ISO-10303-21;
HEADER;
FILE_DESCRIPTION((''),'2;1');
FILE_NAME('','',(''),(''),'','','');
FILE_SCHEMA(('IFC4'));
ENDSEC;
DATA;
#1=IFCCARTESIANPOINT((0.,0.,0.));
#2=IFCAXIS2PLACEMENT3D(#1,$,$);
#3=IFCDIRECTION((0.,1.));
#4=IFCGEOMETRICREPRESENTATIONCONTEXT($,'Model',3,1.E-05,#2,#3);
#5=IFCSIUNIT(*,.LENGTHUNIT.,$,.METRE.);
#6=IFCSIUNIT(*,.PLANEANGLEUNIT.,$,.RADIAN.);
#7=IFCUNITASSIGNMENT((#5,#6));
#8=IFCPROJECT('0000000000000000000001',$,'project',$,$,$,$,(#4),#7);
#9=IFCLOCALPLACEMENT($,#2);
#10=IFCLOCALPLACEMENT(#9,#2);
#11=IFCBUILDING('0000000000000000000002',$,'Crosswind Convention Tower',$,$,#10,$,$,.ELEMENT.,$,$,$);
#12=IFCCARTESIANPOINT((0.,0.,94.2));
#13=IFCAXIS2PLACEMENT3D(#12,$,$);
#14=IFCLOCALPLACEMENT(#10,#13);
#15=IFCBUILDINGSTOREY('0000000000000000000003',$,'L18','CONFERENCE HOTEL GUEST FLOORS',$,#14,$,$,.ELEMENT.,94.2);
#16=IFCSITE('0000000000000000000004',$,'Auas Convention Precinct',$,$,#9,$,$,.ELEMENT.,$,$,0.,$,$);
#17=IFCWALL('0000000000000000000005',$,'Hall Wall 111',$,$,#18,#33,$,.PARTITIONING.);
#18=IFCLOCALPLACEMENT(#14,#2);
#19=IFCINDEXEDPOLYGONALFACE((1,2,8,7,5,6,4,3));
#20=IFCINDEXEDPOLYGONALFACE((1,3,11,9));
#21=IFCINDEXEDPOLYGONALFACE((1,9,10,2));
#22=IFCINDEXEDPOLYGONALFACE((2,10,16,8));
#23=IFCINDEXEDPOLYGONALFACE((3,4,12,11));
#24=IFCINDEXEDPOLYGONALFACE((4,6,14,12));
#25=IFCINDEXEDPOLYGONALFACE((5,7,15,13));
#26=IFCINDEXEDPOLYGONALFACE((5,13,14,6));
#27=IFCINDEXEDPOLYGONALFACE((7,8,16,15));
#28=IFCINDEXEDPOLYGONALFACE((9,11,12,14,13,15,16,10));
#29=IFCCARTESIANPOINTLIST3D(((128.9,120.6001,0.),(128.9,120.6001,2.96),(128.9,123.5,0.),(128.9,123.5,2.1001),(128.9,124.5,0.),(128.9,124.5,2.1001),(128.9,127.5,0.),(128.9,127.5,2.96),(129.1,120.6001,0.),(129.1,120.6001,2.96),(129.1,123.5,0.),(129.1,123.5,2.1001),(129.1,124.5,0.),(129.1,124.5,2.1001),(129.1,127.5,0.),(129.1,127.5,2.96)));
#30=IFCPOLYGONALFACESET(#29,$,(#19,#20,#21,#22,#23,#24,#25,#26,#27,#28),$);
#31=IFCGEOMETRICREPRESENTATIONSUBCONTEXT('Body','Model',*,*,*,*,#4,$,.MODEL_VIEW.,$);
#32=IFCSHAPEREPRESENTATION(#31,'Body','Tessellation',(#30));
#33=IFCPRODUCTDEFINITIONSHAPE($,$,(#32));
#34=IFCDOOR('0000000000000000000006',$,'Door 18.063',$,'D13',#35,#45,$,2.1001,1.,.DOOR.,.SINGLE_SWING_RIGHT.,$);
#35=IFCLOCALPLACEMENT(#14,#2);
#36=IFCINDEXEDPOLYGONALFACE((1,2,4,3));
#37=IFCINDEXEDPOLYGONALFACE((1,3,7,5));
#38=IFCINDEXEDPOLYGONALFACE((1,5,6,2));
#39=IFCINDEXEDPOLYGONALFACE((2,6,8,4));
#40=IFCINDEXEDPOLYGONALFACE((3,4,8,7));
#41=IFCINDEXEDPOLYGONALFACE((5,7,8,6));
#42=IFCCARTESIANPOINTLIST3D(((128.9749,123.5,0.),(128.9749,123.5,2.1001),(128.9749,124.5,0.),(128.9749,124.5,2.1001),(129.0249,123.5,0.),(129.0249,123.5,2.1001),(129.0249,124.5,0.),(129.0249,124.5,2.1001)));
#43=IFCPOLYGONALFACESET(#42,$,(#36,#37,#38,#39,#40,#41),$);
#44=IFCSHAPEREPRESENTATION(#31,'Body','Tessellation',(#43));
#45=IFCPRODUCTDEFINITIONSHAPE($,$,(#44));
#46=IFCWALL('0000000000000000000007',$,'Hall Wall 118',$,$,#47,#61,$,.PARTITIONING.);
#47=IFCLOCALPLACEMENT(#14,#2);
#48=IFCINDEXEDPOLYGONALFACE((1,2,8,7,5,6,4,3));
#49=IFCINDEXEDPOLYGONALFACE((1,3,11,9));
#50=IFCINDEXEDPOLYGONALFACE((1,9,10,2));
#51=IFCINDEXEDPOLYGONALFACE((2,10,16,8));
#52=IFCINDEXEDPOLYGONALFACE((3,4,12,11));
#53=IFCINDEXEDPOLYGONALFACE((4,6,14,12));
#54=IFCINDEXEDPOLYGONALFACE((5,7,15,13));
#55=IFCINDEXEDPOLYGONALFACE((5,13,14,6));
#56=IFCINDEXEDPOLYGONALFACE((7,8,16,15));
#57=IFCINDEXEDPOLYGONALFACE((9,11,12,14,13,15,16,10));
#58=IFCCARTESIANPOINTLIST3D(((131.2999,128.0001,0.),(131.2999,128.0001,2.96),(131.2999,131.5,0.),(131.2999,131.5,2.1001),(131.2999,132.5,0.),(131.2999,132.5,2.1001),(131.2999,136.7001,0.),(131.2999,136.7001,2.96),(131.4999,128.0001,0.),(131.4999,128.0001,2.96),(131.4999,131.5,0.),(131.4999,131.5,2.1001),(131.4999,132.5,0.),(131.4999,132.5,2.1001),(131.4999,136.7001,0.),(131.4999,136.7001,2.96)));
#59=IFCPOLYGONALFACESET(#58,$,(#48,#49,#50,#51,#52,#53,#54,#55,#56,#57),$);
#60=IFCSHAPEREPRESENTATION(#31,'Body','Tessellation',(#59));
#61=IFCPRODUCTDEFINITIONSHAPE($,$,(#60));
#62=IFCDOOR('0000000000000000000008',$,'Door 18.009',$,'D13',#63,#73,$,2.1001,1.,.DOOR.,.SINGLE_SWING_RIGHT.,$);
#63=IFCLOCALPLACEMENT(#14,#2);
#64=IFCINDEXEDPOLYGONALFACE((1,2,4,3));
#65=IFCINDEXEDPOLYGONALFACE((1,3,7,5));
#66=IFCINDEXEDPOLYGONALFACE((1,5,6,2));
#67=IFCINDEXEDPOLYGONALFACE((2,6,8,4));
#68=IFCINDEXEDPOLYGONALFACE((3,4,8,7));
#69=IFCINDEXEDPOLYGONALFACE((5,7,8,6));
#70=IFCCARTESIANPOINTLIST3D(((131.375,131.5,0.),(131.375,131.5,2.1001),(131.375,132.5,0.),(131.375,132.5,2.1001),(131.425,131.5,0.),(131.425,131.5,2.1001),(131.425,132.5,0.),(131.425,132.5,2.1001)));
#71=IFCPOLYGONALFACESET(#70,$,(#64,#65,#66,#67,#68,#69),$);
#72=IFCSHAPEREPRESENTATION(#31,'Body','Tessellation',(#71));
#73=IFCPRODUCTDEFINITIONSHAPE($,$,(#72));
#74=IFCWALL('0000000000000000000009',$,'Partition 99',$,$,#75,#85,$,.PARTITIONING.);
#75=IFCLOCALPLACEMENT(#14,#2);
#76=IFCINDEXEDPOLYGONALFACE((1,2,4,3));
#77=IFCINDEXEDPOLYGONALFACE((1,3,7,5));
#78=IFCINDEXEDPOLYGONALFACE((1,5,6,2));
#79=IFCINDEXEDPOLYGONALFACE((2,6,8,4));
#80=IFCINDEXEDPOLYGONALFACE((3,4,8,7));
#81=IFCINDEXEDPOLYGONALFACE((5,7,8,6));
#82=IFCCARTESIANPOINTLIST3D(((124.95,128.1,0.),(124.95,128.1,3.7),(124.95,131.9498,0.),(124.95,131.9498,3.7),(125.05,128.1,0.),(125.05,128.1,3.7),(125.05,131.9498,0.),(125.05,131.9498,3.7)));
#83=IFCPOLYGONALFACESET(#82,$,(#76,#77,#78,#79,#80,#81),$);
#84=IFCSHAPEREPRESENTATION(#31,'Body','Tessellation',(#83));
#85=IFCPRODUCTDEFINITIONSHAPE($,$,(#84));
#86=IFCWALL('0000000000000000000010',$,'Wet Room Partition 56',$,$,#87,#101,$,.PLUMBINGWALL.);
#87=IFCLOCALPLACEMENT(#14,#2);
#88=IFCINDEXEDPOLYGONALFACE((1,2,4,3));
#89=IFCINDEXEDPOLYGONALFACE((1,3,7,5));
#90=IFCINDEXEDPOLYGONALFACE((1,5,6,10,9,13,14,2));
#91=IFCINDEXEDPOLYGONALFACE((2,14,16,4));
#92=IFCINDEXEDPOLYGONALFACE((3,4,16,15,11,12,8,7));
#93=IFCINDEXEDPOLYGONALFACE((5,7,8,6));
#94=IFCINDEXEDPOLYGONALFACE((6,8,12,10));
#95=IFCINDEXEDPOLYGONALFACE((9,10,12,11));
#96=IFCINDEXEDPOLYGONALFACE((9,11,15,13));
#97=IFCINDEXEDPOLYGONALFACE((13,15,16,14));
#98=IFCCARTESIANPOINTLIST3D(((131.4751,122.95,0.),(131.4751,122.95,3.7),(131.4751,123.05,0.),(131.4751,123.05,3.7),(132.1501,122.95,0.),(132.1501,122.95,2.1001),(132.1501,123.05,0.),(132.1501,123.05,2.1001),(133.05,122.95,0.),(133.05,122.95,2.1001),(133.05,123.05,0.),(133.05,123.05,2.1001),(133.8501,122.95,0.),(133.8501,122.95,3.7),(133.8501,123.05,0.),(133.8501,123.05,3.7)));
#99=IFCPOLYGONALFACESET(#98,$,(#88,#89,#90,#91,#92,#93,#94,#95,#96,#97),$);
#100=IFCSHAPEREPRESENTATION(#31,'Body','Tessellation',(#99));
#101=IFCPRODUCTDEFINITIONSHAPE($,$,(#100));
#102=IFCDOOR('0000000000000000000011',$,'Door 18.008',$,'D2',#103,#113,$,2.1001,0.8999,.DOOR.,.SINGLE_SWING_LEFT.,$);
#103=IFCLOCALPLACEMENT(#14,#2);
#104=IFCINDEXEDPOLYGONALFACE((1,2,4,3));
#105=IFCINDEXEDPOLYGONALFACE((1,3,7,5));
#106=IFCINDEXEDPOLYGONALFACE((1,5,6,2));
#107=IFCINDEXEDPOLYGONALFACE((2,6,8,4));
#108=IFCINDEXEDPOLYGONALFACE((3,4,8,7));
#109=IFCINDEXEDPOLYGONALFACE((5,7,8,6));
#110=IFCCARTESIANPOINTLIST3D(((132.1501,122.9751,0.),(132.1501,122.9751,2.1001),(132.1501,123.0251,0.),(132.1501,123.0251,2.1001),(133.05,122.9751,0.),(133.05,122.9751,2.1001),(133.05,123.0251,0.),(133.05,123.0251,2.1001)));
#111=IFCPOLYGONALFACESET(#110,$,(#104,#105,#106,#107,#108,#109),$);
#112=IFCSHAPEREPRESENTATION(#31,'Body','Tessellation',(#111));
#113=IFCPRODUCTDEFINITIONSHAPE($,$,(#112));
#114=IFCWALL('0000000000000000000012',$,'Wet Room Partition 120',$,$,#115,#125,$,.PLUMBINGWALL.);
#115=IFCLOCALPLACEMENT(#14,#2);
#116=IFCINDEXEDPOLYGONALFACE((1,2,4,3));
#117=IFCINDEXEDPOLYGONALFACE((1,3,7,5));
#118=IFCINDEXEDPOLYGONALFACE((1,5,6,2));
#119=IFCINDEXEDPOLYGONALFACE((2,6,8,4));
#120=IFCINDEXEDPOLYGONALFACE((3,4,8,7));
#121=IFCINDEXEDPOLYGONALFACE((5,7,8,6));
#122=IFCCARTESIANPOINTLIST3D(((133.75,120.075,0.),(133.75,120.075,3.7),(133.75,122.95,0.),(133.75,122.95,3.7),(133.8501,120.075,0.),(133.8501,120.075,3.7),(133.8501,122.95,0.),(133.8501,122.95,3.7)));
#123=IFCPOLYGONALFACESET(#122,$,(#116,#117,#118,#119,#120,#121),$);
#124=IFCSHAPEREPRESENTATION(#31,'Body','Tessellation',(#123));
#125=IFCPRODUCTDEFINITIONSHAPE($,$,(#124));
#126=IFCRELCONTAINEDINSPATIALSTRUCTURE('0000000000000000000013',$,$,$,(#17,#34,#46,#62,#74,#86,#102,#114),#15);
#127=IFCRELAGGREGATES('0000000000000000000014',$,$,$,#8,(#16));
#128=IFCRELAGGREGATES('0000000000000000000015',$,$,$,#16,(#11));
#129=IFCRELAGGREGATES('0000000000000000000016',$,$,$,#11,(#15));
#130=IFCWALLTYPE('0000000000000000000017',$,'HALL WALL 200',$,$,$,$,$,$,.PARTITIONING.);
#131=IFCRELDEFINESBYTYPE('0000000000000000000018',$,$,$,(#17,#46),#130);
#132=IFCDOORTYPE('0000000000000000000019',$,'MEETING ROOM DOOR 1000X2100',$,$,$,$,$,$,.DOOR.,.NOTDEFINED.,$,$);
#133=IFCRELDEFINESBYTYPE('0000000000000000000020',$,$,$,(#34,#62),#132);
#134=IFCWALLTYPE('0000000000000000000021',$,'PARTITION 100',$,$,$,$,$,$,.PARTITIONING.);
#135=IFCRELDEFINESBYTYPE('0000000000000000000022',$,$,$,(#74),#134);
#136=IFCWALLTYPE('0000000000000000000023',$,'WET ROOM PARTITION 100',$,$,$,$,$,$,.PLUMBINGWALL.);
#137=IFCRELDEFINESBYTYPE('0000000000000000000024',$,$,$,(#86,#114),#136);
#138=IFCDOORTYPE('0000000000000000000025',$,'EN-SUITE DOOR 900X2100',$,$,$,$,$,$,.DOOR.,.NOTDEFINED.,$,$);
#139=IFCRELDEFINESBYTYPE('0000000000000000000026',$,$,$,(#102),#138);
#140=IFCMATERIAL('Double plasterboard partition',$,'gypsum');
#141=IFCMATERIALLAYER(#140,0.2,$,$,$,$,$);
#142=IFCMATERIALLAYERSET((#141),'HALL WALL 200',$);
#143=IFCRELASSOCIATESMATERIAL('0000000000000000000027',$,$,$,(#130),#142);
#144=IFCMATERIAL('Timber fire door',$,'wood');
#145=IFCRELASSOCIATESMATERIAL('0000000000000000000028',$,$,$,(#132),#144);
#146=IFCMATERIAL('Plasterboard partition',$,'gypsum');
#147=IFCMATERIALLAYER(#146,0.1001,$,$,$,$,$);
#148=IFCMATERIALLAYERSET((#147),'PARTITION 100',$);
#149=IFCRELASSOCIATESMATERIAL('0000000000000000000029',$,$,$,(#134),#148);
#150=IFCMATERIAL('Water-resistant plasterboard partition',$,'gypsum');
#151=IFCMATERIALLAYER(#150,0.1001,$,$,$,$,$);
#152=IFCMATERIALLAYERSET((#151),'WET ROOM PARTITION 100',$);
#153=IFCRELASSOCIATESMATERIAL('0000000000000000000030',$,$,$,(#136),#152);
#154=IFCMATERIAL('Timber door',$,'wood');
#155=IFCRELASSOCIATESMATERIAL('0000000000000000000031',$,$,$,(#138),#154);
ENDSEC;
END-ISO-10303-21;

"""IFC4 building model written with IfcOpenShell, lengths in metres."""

from ifc_helpers import new_model, si_unit, direction, frame, frame_2d, origin, place, context, subcontext, project, spatial, rectangle, extrude, material, layer, layer_set, type_object, element, fill, save


model = new_model("IFC4")

# Units and contexts
model_context = context("Model", 3, precision=1e-05, world=origin(), true_north=direction((0.0, 1.0)))
body_context = subcontext(model_context, "Body", "Model", "MODEL_VIEW")
ifc_project = project(units=[si_unit("LENGTHUNIT", "METRE"), si_unit("PLANEANGLEUNIT", "RADIAN")], contexts=[model_context])

# Site, building, storey
site_placement = place(None, origin())
site = spatial("IfcSite", under=ifc_project, at=site_placement, Name="Auas Convention Precinct", CompositionType="ELEMENT", RefElevation=0.0)
building_placement = place(site_placement, origin())
building = spatial("IfcBuilding", under=site, at=building_placement, Name="Crosswind Convention Tower", CompositionType="ELEMENT")
storey_placement = place(building_placement, frame((0.0, 0.0, 94.2)))
storey = spatial("IfcBuildingStorey", under=building, at=storey_placement, Name="L18", Description="CONFERENCE HOTEL GUEST FLOORS", CompositionType="ELEMENT", Elevation=94.2)

# Shared definitions
ifc_material_1 = material(Name="Double plasterboard partition", Category="gypsum")
ifc_layer_1 = layer(ifc_material_1, 0.2)
ifc_layer_set_1 = layer_set([ifc_layer_1], Name="HALL WALL 200")
wall_type_1 = type_object("IfcWallType", Name="HALL WALL 200", PredefinedType="PARTITIONING", material=ifc_layer_set_1)

# Walls, openings, doors
wall_1_placement = place(storey_placement, frame((129.0, 120.6001, 0.0), z_axis=(0.0, 0.0, 1.0), x_axis=(0.0, 1.0, 0.0)))
wall_1 = element("IfcWall", 1, at=wall_1_placement, inside=storey, type_object=wall_type_1, Name="Hall Wall 111", PredefinedType="PARTITIONING", context=body_context, shape_type="SweptSolid", body=[
    extrude(rectangle(XDim=6.8999, YDim=0.2, at=frame_2d((3.45, 0.0))), origin(), (0.0, 0.0, 1.0), 2.96),
])
opening_1_placement = place(wall_1_placement, frame((2.8999, 0.0, 0.0)))
opening_1 = element("IfcOpeningElement", 2, at=opening_1_placement, cuts=wall_1, PredefinedType="OPENING", context=body_context, shape_type="SweptSolid", body=[
    extrude(rectangle(XDim=1.0, YDim=2.1001, at=frame_2d((0.5, 1.05))), frame((0.0, 0.1099, 0.0), z_axis=(0.0, -1.0, 0.0), x_axis=(1.0, 0.0, 0.0)), (0.0, 0.0, 1.0), 0.22),
])
ifc_material_2 = material(Name="Timber fire door", Category="wood")
door_type_1 = type_object("IfcDoorType", Name="MEETING ROOM DOOR 1000X2100", OperationType="NOTDEFINED", PredefinedType="DOOR", material=ifc_material_2)
door_1_placement = place(opening_1_placement, frame((1.0, 0.0, 0.0), z_axis=(0.0, 0.0, 1.0), x_axis=(-1.0, 0.0, 0.0)))
door_1 = element("IfcDoor", 3, at=door_1_placement, inside=storey, type_object=door_type_1, Name="Door 18.063", ObjectType="D13", OperationType="SINGLE_SWING_RIGHT", OverallHeight=2.1001, OverallWidth=1.0, PredefinedType="DOOR", context=body_context, shape_type="SweptSolid", body=[
    extrude(rectangle(XDim=1.0, YDim=2.1001, at=frame_2d((0.5, 1.05))), frame((0.0, 0.0249, 0.0), z_axis=(0.0, -1.0, 0.0), x_axis=(1.0, 0.0, 0.0)), (0.0, 0.0, 1.0), 0.05),
])
fill(opening_1, door_1)
wall_2_placement = place(storey_placement, frame((131.3999, 128.0, 0.0), z_axis=(0.0, 0.0, 1.0), x_axis=(0.0, 1.0, 0.0)))
wall_2 = element("IfcWall", 4, at=wall_2_placement, inside=storey, type_object=wall_type_1, Name="Hall Wall 118", PredefinedType="PARTITIONING", context=body_context, shape_type="SweptSolid", body=[
    extrude(rectangle(XDim=8.7, YDim=0.2, at=frame_2d((4.3501, 0.0))), origin(), (0.0, 0.0, 1.0), 2.96),
])
opening_2_placement = place(wall_2_placement, frame((3.5, 0.0, 0.0)))
opening_2 = element("IfcOpeningElement", 5, at=opening_2_placement, cuts=wall_2, PredefinedType="OPENING", context=body_context, shape_type="SweptSolid", body=[
    extrude(rectangle(XDim=1.0, YDim=2.1001, at=frame_2d((0.5, 1.05))), frame((0.0, 0.1099, 0.0), z_axis=(0.0, -1.0, 0.0), x_axis=(1.0, 0.0, 0.0)), (0.0, 0.0, 1.0), 0.22),
])
door_2_placement = place(opening_2_placement, origin())
door_2 = element("IfcDoor", 6, at=door_2_placement, inside=storey, type_object=door_type_1, Name="Door 18.009", ObjectType="D13", OperationType="SINGLE_SWING_RIGHT", OverallHeight=2.1001, OverallWidth=1.0, PredefinedType="DOOR", context=body_context, shape_type="SweptSolid", body=[
    extrude(rectangle(XDim=1.0, YDim=2.1001, at=frame_2d((0.5, 1.05))), frame((0.0, 0.0249, 0.0), z_axis=(0.0, -1.0, 0.0), x_axis=(1.0, 0.0, 0.0)), (0.0, 0.0, 1.0), 0.05),
])
fill(opening_2, door_2)

# Wall
ifc_material_3 = material(Name="Plasterboard partition", Category="gypsum")
ifc_layer_2 = layer(ifc_material_3, 0.1001)
ifc_layer_set_2 = layer_set([ifc_layer_2], Name="PARTITION 100")
wall_type_2 = type_object("IfcWallType", Name="PARTITION 100", PredefinedType="PARTITIONING", material=ifc_layer_set_2)
wall_3_placement = place(storey_placement, frame((125.0, 128.1001, 0.0), z_axis=(0.0, 0.0, 1.0), x_axis=(0.0, 1.0, 0.0)))
element("IfcWall", 7, at=wall_3_placement, inside=storey, type_object=wall_type_2, Name="Partition 99", PredefinedType="PARTITIONING", context=body_context, shape_type="SweptSolid", body=[
    extrude(rectangle(XDim=3.8499, YDim=0.1001, at=frame_2d((1.9248, 0.0))), origin(), (0.0, 0.0, 1.0), 3.7),
])

# Wall, opening, door
ifc_material_4 = material(Name="Water-resistant plasterboard partition", Category="gypsum")
ifc_layer_3 = layer(ifc_material_4, 0.1001)
ifc_layer_set_3 = layer_set([ifc_layer_3], Name="WET ROOM PARTITION 100")
wall_type_3 = type_object("IfcWallType", Name="WET ROOM PARTITION 100", PredefinedType="PLUMBINGWALL", material=ifc_layer_set_3)
wall_4_placement = place(storey_placement, frame((131.4751, 123.0, 0.0), z_axis=(0.0, 0.0, 1.0), x_axis=(1.0, 0.0, 0.0)))
wall_4 = element("IfcWall", 8, at=wall_4_placement, inside=storey, type_object=wall_type_3, Name="Wet Room Partition 56", PredefinedType="PLUMBINGWALL", context=body_context, shape_type="SweptSolid", body=[
    extrude(rectangle(XDim=2.375, YDim=0.1001, at=frame_2d((1.1875, 0.0))), origin(), (0.0, 0.0, 1.0), 3.7),
])
opening_3_placement = place(wall_4_placement, frame((0.675, 0.0, 0.0)))
opening_3 = element("IfcOpeningElement", 9, at=opening_3_placement, cuts=wall_4, PredefinedType="OPENING", context=body_context, shape_type="SweptSolid", body=[
    extrude(rectangle(XDim=0.8999, YDim=2.1001, at=frame_2d((0.45, 1.05))), frame((0.0, 0.0601, 0.0), z_axis=(0.0, -1.0, 0.0), x_axis=(1.0, 0.0, 0.0)), (0.0, 0.0, 1.0), 0.1201),
])
ifc_material_5 = material(Name="Timber door", Category="wood")
door_type_2 = type_object("IfcDoorType", Name="EN-SUITE DOOR 900X2100", OperationType="NOTDEFINED", PredefinedType="DOOR", material=ifc_material_5)
door_3_placement = place(opening_3_placement, frame((0.8999, 0.0, 0.0), z_axis=(0.0, 0.0, 1.0), x_axis=(-1.0, 0.0, 0.0)))
door_3 = element("IfcDoor", 10, at=door_3_placement, inside=storey, type_object=door_type_2, Name="Door 18.008", ObjectType="D2", OperationType="SINGLE_SWING_LEFT", OverallHeight=2.1001, OverallWidth=0.8999, PredefinedType="DOOR", context=body_context, shape_type="SweptSolid", body=[
    extrude(rectangle(XDim=0.8999, YDim=2.1001, at=frame_2d((0.45, 1.05))), frame((0.0, 0.0249, 0.0), z_axis=(0.0, -1.0, 0.0), x_axis=(1.0, 0.0, 0.0)), (0.0, 0.0, 1.0), 0.05),
])
fill(opening_3, door_3)

# Wall
wall_5_placement = place(storey_placement, frame((133.8, 120.075, 0.0), z_axis=(0.0, 0.0, 1.0), x_axis=(0.0, 1.0, 0.0)))
element("IfcWall", 11, at=wall_5_placement, inside=storey, type_object=wall_type_3, Name="Wet Room Partition 120", PredefinedType="PLUMBINGWALL", context=body_context, shape_type="SweptSolid", body=[
    extrude(rectangle(XDim=2.875, YDim=0.1001, at=frame_2d((1.4375, 0.0))), origin(), (0.0, 0.0, 1.0), 3.7),
])

save(model, "model.ifc")
